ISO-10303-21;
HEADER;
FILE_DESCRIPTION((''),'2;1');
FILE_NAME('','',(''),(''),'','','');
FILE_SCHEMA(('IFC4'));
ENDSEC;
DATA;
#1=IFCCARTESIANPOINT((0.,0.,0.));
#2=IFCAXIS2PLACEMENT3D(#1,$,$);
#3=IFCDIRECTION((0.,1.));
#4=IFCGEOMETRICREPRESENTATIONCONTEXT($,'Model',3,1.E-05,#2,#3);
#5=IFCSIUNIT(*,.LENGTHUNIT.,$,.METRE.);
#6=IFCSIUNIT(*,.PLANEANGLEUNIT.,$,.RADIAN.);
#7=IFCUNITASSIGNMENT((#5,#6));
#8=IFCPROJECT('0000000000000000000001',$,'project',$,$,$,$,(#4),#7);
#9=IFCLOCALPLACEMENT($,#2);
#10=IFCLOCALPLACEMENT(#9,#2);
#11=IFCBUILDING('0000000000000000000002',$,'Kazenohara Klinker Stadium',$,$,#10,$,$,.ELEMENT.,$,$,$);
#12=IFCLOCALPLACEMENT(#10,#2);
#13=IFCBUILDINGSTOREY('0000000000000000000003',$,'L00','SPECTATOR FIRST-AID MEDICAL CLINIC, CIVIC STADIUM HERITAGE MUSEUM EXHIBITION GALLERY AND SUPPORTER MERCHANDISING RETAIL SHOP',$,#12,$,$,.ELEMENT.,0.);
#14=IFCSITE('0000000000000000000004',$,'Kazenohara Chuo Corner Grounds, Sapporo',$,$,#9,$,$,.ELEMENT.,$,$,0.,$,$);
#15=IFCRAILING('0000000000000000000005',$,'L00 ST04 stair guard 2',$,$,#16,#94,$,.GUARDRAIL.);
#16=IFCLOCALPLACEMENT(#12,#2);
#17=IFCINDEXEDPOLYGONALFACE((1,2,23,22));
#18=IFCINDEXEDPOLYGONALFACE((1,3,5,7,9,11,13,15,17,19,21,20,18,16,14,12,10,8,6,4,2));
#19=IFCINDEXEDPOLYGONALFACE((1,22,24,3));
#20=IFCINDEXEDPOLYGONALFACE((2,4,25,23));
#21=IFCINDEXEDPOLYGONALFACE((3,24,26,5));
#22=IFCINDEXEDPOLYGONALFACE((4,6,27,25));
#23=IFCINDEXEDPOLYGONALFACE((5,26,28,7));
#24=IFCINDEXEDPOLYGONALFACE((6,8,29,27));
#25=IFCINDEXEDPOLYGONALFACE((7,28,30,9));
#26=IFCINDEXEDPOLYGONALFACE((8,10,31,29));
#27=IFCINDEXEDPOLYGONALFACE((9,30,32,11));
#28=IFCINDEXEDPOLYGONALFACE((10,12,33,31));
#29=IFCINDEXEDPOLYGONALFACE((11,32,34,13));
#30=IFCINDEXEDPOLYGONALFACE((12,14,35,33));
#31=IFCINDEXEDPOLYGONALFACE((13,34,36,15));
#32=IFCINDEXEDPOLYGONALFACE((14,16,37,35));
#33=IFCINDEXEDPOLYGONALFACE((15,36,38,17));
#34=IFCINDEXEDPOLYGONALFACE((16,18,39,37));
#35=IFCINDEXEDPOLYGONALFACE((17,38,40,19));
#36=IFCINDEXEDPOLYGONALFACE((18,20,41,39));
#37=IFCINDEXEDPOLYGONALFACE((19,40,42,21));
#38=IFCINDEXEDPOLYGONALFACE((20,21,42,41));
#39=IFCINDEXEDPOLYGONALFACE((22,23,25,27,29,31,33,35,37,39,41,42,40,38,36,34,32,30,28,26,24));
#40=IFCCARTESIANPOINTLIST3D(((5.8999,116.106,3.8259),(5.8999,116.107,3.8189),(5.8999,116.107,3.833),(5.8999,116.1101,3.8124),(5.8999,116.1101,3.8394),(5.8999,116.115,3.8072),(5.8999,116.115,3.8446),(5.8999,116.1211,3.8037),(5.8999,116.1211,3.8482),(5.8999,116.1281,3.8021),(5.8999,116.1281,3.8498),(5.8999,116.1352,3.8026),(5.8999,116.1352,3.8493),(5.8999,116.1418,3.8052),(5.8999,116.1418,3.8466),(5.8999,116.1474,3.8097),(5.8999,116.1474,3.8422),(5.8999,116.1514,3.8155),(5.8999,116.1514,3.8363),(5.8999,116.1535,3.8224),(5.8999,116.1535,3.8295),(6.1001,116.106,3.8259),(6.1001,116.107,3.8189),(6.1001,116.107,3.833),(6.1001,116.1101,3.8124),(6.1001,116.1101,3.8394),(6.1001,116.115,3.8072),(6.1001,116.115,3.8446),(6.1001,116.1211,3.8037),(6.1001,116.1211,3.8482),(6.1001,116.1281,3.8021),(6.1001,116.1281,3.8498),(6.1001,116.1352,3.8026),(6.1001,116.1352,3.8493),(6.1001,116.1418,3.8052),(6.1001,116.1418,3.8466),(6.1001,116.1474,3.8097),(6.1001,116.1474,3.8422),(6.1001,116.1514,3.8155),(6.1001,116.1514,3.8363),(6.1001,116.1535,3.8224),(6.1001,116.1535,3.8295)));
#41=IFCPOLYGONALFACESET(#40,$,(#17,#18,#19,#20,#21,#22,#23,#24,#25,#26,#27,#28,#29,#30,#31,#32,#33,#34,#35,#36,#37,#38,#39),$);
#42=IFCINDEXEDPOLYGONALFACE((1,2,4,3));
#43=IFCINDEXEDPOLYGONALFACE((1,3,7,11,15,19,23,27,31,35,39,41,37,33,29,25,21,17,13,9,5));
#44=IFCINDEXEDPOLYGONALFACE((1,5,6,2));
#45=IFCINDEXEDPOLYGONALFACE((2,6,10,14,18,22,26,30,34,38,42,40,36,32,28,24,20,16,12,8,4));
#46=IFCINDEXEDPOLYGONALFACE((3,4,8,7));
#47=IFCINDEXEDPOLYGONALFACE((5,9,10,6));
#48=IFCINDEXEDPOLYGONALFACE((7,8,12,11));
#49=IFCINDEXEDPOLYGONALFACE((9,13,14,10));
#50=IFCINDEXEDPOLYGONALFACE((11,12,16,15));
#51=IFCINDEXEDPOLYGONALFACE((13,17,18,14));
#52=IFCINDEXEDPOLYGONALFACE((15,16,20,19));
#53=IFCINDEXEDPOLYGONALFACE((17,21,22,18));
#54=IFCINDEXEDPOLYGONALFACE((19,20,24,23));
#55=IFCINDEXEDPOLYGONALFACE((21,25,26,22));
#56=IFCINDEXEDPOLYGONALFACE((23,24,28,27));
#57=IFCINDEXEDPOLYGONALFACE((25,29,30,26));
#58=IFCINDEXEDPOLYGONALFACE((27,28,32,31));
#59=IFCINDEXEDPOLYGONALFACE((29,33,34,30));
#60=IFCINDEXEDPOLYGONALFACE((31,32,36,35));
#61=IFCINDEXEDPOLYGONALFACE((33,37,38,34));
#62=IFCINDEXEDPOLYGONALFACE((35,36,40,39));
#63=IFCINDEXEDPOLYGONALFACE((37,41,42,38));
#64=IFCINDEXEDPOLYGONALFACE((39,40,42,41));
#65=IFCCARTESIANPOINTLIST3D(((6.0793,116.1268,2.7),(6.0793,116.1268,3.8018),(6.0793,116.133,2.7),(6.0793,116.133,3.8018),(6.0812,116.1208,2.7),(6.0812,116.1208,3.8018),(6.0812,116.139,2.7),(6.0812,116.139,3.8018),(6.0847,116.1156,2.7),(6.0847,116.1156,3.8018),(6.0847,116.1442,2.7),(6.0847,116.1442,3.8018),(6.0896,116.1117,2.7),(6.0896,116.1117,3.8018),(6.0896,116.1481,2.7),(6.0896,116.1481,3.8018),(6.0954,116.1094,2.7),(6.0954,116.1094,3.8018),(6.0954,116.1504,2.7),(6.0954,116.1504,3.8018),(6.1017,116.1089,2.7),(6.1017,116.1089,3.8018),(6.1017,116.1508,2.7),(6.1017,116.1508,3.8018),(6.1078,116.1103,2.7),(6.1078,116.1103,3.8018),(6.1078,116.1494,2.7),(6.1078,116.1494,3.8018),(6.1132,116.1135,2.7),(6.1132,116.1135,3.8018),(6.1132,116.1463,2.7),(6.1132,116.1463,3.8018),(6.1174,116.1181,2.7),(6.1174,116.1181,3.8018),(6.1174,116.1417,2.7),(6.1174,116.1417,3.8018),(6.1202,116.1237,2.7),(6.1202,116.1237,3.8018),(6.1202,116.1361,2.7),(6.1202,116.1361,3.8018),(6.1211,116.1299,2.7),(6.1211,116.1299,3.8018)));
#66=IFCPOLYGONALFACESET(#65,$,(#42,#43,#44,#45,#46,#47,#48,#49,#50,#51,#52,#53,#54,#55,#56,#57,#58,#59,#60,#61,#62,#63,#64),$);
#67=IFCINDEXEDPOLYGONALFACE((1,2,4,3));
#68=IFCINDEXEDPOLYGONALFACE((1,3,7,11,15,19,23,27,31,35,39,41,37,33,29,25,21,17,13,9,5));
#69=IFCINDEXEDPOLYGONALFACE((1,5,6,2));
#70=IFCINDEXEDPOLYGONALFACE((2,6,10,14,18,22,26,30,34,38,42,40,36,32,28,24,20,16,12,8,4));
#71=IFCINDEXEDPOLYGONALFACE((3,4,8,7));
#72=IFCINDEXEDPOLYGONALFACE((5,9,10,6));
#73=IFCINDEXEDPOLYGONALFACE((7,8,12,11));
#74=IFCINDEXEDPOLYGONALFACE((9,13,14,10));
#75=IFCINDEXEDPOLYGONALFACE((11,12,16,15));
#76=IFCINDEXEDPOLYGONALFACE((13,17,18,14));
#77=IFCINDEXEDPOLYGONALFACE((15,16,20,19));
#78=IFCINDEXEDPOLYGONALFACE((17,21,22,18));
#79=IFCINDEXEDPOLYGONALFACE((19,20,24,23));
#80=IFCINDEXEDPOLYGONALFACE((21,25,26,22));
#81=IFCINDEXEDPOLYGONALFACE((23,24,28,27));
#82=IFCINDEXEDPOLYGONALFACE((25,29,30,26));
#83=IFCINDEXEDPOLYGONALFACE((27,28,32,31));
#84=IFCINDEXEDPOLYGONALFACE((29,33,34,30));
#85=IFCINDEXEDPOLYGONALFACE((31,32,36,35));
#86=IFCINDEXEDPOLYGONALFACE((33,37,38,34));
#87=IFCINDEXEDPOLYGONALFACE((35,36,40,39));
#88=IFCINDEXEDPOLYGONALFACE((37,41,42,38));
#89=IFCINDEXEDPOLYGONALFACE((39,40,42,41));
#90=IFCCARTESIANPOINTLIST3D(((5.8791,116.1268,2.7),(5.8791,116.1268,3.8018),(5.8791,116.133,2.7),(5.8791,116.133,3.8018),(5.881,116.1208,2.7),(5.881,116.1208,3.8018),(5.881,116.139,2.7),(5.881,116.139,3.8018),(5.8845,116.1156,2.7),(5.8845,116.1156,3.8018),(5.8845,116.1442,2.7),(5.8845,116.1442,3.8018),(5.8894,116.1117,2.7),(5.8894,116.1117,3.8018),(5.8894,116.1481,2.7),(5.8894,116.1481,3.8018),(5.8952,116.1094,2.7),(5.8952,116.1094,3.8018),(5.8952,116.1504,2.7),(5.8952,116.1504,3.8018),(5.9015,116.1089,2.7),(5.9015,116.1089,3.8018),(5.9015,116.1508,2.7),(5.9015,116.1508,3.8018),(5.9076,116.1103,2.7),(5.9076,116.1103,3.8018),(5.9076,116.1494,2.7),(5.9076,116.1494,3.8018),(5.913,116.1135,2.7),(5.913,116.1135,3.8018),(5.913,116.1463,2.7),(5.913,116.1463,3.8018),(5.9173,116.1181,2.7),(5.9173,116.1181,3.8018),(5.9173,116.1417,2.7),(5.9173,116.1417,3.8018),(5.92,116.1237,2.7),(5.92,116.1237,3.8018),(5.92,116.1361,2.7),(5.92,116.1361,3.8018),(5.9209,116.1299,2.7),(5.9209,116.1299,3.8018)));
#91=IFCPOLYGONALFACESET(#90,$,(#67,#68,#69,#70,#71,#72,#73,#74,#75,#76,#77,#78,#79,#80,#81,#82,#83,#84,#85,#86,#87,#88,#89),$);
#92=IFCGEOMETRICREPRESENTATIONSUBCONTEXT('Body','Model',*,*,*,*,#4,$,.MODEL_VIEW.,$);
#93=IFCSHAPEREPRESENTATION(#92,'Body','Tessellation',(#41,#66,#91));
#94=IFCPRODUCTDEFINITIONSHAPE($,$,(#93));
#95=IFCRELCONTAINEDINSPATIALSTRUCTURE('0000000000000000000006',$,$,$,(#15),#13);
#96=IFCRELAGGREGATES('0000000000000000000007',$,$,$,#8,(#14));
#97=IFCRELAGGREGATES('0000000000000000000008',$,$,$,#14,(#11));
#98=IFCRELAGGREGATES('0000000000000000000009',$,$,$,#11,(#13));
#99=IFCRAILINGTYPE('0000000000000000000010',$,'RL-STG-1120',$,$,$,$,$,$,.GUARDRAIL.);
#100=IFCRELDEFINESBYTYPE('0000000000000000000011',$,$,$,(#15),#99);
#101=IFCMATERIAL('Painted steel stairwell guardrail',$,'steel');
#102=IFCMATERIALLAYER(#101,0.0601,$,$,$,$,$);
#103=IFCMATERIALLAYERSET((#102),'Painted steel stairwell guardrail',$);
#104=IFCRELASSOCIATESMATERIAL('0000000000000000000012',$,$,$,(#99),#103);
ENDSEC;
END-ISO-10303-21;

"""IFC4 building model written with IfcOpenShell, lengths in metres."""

from ifc_helpers import new_model, si_unit, direction, frame, origin, origin_2d, place, context, subcontext, project, spatial, circle, extrude, material, layer, layer_set, type_object, element, save


model = new_model("IFC4")

# Units and contexts
model_context = context("Model", 3, precision=1e-05, world=origin(), true_north=direction((0.0, 1.0)))
body_context = subcontext(model_context, "Body", "Model", "MODEL_VIEW")
ifc_project = project(units=[si_unit("LENGTHUNIT", "METRE"), si_unit("PLANEANGLEUNIT", "RADIAN")], contexts=[model_context])

# Site, building, storey
site_placement = place(None, origin())
site = spatial("IfcSite", under=ifc_project, at=site_placement, Name="Kazenohara Chuo Corner Grounds, Sapporo", CompositionType="ELEMENT", RefElevation=0.0)
building_placement = place(site_placement, origin())
building = spatial("IfcBuilding", under=site, at=building_placement, Name="Kazenohara Klinker Stadium", CompositionType="ELEMENT")
storey_placement = place(building_placement, origin())
storey = spatial("IfcBuildingStorey", under=building, at=storey_placement, Name="L00", Description="SPECTATOR FIRST-AID MEDICAL CLINIC, CIVIC STADIUM HERITAGE MUSEUM EXHIBITION GALLERY AND SUPPORTER MERCHANDISING RETAIL SHOP", CompositionType="ELEMENT", Elevation=0.0)

# Railing
ifc_material_1 = material(Name="Painted steel stairwell guardrail", Category="steel")
ifc_layer_1 = layer(ifc_material_1, 0.0601)
ifc_layer_set_1 = layer_set([ifc_layer_1], Name="Painted steel stairwell guardrail")
railing_type_1 = type_object("IfcRailingType", Name="RL-STG-1120", PredefinedType="GUARDRAIL", material=ifc_layer_set_1)
railing_1_placement = place(storey_placement, frame((6.1001, 116.1299, 2.7)))
element("IfcRailing", 1, at=railing_1_placement, inside=storey, type_object=railing_type_1, Name="L00 ST04 stair guard 2", PredefinedType="GUARDRAIL", context=body_context, shape_type="SweptSolid", body=[
    extrude(circle(Radius=0.0239, at=origin_2d()), frame((0.0, 0.0, 1.126), z_axis=(-1.0, 0.0, 0.0), x_axis=(0.0, -1.0, 0.0)), (0.0, 0.0, 1.0), 0.2002),
    extrude(circle(Radius=0.021, at=origin_2d()), origin(), (0.0, 0.0, 1.0), 1.1018),
    extrude(circle(Radius=0.021, at=origin_2d()), frame((-0.2002, 0.0, 0.0)), (0.0, 0.0, 1.0), 1.1018),
])

save(model, "model.ifc")
